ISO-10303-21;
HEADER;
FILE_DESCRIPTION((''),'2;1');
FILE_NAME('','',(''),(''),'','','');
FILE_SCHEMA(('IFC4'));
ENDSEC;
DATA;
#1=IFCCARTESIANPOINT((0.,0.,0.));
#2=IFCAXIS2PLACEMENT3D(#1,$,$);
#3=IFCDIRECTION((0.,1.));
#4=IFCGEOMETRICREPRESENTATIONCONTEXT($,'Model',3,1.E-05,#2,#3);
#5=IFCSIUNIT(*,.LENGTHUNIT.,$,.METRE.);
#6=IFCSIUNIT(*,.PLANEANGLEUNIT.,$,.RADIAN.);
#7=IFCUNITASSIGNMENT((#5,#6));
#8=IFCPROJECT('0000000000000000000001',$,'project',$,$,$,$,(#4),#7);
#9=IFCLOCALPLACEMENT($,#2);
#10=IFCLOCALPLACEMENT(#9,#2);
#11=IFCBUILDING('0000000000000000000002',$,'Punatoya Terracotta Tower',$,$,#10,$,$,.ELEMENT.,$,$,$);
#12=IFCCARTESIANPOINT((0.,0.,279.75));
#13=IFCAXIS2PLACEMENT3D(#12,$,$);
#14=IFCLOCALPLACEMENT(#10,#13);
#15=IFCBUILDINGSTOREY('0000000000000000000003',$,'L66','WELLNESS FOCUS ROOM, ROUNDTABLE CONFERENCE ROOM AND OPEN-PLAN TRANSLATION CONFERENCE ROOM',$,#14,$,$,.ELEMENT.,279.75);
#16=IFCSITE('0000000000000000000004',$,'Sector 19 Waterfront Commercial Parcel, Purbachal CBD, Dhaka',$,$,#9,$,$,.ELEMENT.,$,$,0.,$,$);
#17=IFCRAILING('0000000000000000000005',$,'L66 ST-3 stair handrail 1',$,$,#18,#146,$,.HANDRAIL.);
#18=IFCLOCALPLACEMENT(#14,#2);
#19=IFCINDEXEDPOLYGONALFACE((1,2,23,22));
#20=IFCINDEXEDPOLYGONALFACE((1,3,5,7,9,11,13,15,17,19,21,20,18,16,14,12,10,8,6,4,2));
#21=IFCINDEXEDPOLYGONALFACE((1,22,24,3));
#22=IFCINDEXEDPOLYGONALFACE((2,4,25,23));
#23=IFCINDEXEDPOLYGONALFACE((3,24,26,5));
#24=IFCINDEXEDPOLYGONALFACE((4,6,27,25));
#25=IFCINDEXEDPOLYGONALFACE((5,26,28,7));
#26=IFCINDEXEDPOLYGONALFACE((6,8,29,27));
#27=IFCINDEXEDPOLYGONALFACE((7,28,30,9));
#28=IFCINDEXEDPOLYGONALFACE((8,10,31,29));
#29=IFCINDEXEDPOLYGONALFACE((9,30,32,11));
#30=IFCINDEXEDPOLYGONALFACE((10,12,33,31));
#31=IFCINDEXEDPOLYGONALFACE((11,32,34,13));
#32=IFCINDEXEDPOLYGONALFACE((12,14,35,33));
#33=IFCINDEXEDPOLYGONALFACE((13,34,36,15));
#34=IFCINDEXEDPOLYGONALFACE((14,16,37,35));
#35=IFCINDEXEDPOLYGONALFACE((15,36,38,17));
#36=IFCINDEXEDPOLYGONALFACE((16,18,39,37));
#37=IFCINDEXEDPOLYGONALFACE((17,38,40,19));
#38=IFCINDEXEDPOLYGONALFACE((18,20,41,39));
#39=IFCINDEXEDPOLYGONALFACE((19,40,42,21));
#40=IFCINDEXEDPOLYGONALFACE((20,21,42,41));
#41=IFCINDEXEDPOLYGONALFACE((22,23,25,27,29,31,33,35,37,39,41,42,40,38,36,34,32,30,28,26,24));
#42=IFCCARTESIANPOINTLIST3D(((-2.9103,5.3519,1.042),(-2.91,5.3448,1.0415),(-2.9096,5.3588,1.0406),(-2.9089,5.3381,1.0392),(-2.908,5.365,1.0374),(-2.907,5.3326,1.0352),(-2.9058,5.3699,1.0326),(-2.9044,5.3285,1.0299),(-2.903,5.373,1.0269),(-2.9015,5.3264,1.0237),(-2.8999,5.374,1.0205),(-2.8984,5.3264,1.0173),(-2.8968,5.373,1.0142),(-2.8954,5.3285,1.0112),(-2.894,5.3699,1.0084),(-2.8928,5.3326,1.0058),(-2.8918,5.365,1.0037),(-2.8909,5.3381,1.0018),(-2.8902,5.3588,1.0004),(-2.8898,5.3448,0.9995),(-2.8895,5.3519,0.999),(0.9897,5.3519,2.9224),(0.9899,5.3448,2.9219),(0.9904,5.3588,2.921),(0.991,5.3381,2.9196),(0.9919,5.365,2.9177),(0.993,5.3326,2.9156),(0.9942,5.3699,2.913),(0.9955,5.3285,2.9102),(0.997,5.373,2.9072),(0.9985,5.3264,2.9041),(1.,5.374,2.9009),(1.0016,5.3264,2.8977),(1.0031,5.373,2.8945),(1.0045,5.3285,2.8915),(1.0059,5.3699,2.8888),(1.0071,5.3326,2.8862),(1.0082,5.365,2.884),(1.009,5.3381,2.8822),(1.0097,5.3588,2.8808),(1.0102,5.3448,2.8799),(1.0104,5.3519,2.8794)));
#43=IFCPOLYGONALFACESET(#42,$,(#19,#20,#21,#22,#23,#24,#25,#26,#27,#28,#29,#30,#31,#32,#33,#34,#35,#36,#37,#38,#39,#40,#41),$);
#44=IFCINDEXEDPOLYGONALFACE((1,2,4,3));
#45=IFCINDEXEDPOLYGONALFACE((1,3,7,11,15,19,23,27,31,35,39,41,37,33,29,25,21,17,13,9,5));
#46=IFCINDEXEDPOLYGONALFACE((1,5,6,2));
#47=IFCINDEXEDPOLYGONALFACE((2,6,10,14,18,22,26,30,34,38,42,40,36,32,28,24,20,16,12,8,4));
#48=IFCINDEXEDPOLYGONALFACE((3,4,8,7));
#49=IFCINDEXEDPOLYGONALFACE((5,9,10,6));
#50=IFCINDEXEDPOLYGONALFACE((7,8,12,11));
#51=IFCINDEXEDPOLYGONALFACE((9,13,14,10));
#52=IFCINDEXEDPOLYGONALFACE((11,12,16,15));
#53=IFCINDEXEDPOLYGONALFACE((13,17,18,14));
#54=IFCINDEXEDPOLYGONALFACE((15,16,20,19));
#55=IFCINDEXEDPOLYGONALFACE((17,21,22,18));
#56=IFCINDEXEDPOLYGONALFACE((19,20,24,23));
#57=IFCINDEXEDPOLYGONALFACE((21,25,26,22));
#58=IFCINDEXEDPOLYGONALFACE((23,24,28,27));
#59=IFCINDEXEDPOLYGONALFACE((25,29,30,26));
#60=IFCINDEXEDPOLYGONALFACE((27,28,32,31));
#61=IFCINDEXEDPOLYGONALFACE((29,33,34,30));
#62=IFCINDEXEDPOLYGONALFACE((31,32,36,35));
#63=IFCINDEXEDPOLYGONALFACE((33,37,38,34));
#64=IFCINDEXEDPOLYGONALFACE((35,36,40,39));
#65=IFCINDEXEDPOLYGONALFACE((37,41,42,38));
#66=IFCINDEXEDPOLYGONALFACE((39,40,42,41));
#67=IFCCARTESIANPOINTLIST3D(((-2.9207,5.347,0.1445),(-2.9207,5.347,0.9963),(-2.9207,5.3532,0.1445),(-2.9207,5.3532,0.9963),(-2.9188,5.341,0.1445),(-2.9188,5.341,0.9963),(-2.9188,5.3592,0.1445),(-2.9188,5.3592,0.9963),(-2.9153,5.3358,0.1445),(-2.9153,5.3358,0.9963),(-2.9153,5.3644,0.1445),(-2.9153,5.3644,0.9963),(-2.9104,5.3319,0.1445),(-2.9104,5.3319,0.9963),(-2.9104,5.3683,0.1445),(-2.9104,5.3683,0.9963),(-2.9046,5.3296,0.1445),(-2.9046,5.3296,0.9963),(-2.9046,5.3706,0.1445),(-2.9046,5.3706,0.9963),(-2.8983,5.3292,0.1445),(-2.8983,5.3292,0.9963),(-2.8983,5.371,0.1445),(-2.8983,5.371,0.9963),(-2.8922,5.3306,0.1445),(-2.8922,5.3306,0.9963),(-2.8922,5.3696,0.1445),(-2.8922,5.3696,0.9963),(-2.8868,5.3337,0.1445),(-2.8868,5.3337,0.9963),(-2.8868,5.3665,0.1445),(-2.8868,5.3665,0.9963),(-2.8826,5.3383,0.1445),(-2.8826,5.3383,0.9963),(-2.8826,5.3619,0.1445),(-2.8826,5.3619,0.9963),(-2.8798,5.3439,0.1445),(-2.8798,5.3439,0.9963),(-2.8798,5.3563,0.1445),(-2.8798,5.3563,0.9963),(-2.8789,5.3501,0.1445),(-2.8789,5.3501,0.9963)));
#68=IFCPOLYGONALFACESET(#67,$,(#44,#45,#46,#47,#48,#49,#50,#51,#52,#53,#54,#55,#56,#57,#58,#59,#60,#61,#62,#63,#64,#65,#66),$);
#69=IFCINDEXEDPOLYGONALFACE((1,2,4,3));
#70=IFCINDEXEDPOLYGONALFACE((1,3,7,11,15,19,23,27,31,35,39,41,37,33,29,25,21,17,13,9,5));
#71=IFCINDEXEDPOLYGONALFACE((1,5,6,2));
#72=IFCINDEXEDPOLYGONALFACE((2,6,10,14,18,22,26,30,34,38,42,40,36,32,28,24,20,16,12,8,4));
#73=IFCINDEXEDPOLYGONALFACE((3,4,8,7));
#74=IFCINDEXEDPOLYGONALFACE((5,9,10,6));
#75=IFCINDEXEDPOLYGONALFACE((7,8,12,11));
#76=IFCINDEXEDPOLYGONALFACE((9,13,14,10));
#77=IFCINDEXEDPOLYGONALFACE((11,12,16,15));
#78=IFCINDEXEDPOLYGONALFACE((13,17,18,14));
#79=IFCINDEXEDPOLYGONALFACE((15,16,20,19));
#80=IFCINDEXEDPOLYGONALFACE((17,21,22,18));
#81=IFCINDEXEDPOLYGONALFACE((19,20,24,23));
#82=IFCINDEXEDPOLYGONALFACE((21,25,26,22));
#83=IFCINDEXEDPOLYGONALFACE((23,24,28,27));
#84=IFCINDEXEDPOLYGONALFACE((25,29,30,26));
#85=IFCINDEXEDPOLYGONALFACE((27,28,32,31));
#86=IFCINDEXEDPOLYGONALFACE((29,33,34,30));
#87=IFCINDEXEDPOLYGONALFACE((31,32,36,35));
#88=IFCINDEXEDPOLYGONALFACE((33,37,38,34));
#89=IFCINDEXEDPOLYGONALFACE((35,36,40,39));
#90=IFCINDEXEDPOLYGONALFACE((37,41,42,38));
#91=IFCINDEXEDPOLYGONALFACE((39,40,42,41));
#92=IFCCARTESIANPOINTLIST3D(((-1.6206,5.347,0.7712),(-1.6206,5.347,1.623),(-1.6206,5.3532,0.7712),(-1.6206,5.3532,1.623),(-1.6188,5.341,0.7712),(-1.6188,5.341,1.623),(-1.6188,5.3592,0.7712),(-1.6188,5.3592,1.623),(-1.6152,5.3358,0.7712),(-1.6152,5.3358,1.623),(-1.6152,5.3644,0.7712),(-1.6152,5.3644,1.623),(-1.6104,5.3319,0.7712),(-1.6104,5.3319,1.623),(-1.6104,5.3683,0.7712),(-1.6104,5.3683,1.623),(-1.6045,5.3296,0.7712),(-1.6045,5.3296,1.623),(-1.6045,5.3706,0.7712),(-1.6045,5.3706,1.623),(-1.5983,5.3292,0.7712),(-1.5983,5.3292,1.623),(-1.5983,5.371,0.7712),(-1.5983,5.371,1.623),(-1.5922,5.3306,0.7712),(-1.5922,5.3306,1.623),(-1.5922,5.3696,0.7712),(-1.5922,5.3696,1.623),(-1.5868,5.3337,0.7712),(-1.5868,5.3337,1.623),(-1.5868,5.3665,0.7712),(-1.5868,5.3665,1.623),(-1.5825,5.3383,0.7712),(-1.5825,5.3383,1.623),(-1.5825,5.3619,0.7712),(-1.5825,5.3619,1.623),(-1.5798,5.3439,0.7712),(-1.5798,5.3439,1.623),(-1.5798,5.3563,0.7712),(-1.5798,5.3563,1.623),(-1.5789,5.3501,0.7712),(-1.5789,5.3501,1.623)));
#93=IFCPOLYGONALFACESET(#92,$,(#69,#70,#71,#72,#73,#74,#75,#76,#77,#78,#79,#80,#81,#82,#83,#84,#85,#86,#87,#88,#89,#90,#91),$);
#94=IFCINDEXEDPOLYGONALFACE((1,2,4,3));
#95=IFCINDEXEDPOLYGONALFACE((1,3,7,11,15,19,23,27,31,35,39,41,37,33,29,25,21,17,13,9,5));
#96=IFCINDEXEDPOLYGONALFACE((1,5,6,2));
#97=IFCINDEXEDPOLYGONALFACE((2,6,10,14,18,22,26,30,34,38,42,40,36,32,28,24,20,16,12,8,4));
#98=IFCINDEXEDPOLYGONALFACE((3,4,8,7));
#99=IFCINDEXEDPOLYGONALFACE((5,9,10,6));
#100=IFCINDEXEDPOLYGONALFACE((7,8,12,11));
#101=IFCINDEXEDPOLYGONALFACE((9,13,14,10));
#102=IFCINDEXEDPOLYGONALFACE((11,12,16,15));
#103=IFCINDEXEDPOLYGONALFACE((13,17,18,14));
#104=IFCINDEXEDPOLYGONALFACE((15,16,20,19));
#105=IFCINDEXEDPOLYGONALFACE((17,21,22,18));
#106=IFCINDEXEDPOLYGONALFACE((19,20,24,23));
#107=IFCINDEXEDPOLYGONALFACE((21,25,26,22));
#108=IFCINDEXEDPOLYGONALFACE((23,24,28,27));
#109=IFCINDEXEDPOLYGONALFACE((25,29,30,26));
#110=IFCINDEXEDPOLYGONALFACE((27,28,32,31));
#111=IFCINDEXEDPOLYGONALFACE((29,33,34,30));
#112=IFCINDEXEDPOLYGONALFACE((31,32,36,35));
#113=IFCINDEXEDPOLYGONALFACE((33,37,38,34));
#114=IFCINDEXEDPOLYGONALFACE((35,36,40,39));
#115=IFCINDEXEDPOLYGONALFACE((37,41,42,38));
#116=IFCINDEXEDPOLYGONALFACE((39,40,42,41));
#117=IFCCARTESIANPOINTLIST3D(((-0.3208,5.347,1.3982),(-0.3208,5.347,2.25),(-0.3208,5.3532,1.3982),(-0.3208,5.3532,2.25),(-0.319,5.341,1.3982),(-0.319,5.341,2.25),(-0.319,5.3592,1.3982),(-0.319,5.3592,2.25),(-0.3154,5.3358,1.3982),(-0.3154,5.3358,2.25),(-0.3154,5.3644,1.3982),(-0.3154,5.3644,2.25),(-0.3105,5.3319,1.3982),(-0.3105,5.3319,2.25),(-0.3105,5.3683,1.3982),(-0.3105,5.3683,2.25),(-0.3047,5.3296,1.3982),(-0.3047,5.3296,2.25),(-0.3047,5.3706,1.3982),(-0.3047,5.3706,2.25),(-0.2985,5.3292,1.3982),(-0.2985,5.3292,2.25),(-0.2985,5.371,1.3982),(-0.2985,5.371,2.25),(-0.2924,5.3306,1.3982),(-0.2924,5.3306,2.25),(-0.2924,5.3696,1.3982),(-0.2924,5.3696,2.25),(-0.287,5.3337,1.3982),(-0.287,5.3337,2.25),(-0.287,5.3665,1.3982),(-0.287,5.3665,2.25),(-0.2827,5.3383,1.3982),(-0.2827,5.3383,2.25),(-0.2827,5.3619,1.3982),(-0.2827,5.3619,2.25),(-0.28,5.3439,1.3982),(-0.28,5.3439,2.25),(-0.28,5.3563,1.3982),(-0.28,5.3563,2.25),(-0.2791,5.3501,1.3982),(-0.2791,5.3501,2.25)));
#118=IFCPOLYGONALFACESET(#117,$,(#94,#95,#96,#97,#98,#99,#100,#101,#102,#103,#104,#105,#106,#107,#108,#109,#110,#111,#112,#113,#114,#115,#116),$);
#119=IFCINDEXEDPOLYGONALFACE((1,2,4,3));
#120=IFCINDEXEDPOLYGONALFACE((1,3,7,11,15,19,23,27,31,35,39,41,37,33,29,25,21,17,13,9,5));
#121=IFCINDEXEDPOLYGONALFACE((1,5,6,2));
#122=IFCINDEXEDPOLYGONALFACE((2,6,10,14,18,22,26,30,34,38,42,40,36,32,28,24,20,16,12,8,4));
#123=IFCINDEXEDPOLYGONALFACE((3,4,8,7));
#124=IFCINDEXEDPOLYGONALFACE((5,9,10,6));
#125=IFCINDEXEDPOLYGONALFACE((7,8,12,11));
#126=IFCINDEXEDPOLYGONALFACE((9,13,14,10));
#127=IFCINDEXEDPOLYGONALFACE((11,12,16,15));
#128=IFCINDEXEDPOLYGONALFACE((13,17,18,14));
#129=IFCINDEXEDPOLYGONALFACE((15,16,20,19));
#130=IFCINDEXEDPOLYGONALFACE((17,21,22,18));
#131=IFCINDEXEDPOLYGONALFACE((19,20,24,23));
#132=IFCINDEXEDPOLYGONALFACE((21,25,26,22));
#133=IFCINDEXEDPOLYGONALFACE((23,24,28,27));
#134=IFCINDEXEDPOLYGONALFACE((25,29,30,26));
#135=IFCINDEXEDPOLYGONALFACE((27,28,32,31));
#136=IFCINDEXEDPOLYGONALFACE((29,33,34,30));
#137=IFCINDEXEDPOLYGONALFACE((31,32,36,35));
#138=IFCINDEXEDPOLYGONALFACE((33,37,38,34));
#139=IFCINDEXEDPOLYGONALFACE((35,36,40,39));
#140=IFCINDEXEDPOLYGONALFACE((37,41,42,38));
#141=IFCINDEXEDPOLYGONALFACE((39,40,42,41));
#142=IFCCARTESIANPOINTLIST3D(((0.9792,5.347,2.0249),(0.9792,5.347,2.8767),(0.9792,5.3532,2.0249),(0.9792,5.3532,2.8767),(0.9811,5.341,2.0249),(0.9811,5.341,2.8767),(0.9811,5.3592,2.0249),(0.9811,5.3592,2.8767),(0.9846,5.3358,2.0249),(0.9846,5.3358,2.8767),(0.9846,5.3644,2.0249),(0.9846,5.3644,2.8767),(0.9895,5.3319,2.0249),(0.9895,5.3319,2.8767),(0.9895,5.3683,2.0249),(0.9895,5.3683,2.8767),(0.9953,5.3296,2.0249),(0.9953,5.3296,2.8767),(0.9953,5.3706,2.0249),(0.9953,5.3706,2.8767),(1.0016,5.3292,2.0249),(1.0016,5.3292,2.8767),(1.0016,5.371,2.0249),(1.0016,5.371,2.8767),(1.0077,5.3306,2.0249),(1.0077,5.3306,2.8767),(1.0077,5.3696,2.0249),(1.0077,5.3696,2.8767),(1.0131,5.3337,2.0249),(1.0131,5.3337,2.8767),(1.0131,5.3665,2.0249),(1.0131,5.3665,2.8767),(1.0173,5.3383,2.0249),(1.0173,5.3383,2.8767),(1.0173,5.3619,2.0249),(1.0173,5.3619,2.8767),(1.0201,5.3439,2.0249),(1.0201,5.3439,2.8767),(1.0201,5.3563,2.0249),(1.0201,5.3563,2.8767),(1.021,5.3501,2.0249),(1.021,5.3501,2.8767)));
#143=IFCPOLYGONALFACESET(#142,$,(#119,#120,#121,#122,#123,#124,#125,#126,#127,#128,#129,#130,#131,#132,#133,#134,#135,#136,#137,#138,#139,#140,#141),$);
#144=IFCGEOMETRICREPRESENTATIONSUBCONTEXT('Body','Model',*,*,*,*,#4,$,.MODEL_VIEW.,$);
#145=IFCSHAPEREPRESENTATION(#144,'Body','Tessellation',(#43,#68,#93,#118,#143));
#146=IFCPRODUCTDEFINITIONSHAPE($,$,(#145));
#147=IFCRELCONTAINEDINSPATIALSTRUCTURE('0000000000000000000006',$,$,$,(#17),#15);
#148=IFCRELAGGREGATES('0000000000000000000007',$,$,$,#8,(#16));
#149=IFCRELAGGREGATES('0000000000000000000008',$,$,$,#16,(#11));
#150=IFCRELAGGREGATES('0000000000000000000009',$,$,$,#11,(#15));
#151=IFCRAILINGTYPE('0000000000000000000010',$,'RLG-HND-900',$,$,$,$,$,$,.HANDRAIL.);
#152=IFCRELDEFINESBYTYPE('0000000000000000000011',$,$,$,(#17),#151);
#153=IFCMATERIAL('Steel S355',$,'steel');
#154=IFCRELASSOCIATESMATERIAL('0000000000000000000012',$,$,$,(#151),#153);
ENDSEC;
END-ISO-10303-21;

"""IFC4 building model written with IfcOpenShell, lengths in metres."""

from ifc_helpers import new_model, si_unit, direction, frame, origin, origin_2d, place, context, subcontext, project, spatial, circle, extrude, material, type_object, element, save


model = new_model("IFC4")

# Units and contexts
model_context = context("Model", 3, precision=1e-05, world=origin(), true_north=direction((0.0, 1.0)))
body_context = subcontext(model_context, "Body", "Model", "MODEL_VIEW")
ifc_project = project(units=[si_unit("LENGTHUNIT", "METRE"), si_unit("PLANEANGLEUNIT", "RADIAN")], contexts=[model_context])

# Site, building, storey
site_placement = place(None, origin())
site = spatial("IfcSite", under=ifc_project, at=site_placement, Name="Sector 19 Waterfront Commercial Parcel, Purbachal CBD, Dhaka", CompositionType="ELEMENT", RefElevation=0.0)
building_placement = place(site_placement, origin())
building = spatial("IfcBuilding", under=site, at=building_placement, Name="Punatoya Terracotta Tower", CompositionType="ELEMENT")
storey_placement = place(building_placement, frame((0.0, 0.0, 279.75)))
storey = spatial("IfcBuildingStorey", under=building, at=storey_placement, Name="L66", Description="WELLNESS FOCUS ROOM, ROUNDTABLE CONFERENCE ROOM AND OPEN-PLAN TRANSLATION CONFERENCE ROOM", CompositionType="ELEMENT", Elevation=279.75)

# Shared definitions
ifc_material_1 = material(Name="Steel S355", Category="steel")

# Railing
railing_type_1 = type_object("IfcRailingType", Name="RLG-HND-900", PredefinedType="HANDRAIL", material=ifc_material_1)
railing_1_placement = place(storey_placement, frame((-2.8999, 5.3501, 0.1445)))
element("IfcRailing", 1, at=railing_1_placement, inside=storey, type_object=railing_type_1, Name="L66 ST-3 stair handrail 1", PredefinedType="HANDRAIL", context=body_context, shape_type="SweptSolid", body=[
    extrude(circle(Radius=0.0239, at=origin_2d()), frame((0.0, 0.0, 0.876), z_axis=(0.900763, 0.0, 0.434311), x_axis=(0.0, 1.0, 0.0)), (0.0, 0.0, 1.0), 4.3296),
    extrude(circle(Radius=0.021, at=origin_2d()), origin(), (0.0, 0.0, 1.0), 0.8518),
    extrude(circle(Radius=0.021, at=origin_2d()), frame((1.3, 0.0, 0.6267)), (0.0, 0.0, 1.0), 0.8518),
    extrude(circle(Radius=0.021, at=origin_2d()), frame((2.5999, 0.0, 1.2537)), (0.0, 0.0, 1.0), 0.8518),
    extrude(circle(Radius=0.021, at=origin_2d()), frame((3.8999, 0.0, 1.8804)), (0.0, 0.0, 1.0), 0.8518),
])

save(model, "model.ifc")
